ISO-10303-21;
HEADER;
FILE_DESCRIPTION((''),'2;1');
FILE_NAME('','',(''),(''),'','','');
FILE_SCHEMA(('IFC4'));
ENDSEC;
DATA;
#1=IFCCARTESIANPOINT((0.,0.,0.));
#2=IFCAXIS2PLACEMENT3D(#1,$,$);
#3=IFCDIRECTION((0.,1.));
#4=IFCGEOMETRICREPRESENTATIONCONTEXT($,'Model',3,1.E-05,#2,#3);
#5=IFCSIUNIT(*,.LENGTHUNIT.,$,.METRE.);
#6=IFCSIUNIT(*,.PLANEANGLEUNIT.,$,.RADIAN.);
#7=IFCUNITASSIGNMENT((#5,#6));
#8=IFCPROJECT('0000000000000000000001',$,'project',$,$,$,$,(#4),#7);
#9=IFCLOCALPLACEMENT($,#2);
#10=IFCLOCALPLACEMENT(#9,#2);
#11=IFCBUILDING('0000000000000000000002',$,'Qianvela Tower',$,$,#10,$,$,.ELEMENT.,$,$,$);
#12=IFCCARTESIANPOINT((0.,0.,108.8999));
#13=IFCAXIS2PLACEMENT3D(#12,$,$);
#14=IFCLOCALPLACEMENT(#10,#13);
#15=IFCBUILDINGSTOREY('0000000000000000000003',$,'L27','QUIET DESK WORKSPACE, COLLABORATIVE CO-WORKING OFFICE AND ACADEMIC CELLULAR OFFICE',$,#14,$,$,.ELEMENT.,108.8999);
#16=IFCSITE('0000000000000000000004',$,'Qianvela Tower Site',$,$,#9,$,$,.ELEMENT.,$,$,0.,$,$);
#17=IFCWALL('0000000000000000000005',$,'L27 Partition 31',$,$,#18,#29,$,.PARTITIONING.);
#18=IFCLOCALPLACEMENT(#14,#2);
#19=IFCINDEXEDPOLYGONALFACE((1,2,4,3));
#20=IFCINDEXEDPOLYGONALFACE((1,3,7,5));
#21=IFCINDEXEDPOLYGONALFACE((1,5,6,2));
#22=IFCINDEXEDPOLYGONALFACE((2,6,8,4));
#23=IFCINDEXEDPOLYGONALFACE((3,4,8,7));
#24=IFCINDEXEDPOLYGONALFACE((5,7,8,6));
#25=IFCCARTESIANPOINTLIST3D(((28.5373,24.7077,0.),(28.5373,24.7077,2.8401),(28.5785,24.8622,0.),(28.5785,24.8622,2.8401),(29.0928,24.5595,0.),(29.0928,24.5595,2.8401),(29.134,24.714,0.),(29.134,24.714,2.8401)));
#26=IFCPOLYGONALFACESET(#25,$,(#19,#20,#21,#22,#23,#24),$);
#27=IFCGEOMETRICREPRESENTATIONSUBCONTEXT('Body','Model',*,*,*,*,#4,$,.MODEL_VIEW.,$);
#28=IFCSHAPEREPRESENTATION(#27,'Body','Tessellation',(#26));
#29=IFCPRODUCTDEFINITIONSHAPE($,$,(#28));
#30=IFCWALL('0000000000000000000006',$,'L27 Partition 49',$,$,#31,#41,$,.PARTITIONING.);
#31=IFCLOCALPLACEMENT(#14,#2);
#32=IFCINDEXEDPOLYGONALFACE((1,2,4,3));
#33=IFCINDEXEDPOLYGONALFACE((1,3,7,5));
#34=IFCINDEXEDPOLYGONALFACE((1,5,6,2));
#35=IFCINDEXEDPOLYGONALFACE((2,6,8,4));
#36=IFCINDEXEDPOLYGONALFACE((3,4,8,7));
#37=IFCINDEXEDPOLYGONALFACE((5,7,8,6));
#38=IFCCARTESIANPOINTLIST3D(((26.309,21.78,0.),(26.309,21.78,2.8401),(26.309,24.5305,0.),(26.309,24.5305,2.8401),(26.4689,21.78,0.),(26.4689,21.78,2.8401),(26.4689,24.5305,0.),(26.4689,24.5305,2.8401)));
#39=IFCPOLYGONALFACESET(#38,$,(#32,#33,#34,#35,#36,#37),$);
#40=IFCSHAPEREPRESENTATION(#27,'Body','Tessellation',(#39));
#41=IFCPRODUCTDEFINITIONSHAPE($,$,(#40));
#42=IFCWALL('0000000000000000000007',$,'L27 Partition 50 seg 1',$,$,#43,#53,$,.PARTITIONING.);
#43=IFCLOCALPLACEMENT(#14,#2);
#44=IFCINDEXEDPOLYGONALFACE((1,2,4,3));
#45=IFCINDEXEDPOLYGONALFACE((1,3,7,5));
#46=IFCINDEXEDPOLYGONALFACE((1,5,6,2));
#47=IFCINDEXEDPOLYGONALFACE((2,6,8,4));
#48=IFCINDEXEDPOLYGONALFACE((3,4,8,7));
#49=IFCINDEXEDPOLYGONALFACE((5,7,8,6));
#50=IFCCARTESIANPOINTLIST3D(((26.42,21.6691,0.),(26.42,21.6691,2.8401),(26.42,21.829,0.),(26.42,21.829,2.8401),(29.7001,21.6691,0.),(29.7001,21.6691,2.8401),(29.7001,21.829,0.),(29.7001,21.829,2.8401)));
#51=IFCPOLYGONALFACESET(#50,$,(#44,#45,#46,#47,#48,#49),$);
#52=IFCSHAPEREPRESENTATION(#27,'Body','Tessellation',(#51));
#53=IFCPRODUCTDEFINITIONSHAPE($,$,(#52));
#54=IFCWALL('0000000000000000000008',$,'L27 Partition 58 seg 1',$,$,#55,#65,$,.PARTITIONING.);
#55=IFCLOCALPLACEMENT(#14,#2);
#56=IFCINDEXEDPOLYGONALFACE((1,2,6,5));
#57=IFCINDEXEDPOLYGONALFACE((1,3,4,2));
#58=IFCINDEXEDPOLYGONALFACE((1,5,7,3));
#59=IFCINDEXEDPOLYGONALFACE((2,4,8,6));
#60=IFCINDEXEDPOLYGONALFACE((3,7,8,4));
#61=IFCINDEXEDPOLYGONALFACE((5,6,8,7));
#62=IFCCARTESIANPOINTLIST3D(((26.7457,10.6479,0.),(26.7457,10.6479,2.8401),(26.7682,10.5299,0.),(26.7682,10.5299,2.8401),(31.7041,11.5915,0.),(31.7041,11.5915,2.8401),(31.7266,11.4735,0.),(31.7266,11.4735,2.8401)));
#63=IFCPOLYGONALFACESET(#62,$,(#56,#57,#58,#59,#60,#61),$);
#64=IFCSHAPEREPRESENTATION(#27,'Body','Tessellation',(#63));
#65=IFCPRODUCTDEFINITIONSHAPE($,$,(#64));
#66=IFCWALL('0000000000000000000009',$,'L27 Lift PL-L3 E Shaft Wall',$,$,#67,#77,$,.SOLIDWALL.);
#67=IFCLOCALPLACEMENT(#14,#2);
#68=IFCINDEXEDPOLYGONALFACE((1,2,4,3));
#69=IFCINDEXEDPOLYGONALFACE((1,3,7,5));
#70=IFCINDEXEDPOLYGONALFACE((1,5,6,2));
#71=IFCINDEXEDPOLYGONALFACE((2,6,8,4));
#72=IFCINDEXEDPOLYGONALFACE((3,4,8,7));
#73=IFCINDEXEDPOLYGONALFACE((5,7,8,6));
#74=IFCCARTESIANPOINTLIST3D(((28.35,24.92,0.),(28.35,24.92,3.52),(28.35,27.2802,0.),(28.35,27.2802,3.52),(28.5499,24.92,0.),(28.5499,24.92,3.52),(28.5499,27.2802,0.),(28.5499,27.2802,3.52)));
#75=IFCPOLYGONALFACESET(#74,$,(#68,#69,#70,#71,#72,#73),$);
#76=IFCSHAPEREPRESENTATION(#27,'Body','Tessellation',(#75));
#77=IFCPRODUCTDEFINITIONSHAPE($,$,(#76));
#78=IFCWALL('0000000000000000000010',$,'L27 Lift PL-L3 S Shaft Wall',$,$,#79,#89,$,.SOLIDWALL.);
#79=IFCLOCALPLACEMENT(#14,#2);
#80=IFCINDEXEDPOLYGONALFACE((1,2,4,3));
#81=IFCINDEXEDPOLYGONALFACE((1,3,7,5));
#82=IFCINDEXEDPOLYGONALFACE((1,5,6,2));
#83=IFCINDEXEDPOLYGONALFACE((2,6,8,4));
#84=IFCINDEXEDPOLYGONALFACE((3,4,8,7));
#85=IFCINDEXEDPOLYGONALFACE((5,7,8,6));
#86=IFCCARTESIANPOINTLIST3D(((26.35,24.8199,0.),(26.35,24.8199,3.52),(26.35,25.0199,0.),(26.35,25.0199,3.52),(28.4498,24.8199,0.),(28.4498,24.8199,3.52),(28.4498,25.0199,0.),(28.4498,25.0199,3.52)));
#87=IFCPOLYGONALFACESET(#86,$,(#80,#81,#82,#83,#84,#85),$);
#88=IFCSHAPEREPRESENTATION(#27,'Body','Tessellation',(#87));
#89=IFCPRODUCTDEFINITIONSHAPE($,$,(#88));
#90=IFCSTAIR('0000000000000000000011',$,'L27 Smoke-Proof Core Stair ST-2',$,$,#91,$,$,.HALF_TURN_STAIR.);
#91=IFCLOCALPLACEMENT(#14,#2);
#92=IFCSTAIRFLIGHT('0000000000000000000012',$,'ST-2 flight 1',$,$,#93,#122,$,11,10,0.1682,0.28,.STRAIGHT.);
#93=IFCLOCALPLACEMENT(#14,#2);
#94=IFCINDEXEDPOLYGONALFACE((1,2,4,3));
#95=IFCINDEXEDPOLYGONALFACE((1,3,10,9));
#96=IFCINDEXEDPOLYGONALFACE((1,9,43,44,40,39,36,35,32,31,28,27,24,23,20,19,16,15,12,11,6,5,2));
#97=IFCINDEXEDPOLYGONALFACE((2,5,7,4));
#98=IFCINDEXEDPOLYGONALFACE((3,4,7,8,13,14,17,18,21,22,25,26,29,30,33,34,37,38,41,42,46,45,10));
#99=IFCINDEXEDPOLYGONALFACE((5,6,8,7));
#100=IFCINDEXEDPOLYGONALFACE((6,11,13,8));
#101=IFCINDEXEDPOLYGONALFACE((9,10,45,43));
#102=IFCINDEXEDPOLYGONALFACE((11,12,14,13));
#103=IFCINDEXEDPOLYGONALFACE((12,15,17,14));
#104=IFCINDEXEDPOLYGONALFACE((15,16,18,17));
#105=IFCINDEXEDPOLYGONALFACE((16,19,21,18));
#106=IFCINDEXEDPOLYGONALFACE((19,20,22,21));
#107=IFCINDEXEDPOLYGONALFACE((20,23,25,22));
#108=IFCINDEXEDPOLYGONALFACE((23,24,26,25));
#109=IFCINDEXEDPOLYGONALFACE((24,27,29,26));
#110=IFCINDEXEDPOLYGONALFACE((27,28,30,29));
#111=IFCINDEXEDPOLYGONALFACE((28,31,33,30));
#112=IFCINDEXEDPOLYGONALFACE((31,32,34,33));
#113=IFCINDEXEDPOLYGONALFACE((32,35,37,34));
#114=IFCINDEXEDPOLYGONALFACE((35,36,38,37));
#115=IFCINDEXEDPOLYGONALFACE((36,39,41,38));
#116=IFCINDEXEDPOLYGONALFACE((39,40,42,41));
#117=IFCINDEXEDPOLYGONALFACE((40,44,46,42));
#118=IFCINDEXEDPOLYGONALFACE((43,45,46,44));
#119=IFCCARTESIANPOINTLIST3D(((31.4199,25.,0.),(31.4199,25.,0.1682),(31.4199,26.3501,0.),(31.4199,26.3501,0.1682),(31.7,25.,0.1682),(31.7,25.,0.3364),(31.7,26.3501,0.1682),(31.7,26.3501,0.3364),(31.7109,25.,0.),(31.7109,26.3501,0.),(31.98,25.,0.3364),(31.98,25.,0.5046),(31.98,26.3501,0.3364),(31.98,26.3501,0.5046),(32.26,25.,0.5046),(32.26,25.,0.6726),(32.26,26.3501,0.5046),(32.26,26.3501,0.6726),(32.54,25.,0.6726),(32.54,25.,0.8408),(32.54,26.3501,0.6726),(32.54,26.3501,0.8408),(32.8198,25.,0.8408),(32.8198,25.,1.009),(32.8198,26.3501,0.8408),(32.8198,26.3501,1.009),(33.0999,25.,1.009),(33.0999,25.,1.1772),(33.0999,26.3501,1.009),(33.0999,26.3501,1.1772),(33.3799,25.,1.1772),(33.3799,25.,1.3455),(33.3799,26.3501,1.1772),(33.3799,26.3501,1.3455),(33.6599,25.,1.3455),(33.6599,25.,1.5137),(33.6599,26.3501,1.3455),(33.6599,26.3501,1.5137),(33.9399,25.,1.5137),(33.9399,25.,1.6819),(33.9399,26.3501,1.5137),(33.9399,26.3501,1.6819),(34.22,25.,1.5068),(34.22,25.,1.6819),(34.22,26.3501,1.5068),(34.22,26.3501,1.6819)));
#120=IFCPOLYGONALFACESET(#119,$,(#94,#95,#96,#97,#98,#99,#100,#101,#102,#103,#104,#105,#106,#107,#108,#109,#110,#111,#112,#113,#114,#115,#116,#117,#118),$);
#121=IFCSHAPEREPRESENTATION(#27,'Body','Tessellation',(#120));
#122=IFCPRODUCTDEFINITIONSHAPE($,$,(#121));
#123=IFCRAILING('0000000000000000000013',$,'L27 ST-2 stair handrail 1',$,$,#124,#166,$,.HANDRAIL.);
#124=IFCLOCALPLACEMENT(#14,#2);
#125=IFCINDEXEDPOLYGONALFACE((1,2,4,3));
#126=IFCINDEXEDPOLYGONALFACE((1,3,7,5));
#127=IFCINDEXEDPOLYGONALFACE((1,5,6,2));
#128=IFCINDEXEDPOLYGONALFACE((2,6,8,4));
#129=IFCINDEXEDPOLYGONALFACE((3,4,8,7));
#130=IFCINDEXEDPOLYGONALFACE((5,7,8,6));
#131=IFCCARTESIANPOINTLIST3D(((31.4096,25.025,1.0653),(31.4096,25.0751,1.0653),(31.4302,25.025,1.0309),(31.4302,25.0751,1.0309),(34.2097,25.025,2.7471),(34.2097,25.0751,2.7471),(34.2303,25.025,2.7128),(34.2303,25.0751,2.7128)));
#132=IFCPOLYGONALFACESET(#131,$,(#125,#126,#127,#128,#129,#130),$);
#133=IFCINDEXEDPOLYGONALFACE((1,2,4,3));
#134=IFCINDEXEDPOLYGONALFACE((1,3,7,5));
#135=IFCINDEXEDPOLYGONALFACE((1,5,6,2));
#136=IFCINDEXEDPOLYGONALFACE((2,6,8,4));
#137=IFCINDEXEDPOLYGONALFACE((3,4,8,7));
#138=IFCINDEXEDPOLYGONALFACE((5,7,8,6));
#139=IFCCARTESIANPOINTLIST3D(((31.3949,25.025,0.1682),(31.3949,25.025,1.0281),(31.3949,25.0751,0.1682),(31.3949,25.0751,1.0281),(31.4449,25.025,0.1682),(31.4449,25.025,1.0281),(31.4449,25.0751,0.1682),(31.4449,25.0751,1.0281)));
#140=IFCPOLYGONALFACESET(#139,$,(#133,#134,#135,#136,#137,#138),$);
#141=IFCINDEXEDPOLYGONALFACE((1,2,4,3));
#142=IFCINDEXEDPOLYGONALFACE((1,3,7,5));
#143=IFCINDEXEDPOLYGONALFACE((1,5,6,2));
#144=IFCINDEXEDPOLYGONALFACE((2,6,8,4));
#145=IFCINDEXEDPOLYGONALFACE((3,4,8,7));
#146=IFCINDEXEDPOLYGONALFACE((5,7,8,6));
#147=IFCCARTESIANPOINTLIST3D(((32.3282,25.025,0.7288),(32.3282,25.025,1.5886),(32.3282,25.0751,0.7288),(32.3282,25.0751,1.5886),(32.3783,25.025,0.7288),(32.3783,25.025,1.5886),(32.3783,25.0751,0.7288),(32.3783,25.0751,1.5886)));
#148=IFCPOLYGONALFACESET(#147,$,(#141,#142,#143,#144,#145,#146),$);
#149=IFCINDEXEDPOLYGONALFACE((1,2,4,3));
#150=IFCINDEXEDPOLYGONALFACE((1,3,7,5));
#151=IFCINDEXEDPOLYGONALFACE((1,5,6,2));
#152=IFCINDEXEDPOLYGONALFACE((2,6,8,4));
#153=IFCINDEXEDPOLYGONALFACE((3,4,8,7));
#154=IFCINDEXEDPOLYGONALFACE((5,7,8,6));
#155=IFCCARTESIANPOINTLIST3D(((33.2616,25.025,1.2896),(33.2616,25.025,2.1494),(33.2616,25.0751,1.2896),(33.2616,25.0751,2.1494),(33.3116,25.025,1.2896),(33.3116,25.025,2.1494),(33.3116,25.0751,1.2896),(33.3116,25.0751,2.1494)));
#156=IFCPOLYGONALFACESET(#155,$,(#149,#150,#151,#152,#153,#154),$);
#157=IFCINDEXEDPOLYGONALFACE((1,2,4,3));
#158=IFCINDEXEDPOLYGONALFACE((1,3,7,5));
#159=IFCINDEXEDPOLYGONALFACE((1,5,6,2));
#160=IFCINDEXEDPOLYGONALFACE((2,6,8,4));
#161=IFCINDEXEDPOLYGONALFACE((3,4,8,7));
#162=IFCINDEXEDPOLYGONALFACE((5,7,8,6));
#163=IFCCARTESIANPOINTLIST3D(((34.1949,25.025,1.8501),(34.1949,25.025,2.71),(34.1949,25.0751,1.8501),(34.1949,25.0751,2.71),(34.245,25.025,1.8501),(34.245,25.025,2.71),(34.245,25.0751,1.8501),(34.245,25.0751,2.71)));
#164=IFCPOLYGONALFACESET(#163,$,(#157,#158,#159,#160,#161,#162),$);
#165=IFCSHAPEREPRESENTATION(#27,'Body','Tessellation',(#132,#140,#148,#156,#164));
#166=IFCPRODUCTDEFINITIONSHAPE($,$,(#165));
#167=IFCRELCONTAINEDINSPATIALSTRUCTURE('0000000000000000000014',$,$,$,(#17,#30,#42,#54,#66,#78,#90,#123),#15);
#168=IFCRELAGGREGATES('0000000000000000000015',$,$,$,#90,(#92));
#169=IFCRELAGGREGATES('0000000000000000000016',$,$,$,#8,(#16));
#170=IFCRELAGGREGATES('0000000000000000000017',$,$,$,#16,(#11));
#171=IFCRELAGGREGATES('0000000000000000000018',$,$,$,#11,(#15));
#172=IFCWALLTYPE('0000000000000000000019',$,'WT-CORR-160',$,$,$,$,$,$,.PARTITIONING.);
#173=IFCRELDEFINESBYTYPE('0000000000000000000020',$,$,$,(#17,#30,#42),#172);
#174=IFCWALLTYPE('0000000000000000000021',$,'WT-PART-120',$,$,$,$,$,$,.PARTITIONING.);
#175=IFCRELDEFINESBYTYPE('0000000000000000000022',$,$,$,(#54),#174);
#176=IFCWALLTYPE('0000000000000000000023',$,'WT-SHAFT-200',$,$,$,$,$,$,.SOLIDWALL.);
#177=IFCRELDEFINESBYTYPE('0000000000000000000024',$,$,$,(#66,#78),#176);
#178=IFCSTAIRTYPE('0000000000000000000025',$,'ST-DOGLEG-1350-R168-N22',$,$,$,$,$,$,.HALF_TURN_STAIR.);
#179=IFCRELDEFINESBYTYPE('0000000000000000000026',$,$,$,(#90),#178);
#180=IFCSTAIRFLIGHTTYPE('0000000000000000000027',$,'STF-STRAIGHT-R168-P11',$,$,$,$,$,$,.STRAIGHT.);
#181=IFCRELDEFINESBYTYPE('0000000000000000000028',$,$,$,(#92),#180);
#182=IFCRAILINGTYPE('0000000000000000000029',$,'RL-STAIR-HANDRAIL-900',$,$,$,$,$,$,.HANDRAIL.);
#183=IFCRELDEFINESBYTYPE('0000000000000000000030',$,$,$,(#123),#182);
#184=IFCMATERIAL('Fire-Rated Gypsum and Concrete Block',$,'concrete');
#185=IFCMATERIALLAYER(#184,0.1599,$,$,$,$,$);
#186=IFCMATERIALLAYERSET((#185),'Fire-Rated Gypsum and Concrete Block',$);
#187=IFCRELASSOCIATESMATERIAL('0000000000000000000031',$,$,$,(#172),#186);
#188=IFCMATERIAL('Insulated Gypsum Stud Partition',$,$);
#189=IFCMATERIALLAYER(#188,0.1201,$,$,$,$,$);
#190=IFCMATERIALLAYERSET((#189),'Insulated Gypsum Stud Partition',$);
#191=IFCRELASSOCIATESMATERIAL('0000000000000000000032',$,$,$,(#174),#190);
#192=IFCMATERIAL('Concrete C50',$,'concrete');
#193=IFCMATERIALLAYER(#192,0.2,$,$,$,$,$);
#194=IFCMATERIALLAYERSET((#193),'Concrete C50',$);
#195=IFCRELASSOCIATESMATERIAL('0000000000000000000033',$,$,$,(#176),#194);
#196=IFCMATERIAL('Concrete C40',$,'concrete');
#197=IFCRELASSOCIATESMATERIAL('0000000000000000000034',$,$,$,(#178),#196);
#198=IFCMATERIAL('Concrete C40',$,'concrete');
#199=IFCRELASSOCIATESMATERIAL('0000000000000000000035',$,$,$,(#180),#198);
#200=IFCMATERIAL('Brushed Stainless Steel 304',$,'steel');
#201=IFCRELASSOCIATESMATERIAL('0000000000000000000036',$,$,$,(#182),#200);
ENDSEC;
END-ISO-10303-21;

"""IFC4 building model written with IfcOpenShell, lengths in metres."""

from ifc_helpers import new_model, si_unit, direction, frame, frame_2d, origin, origin_2d, place, context, subcontext, project, spatial, polyline, rectangle, outline, extrude, material, layer, layer_set, type_object, element, aggregate, save


model = new_model("IFC4")

# Units and contexts
model_context = context("Model", 3, precision=1e-05, world=origin(), true_north=direction((0.0, 1.0)))
body_context = subcontext(model_context, "Body", "Model", "MODEL_VIEW")
ifc_project = project(units=[si_unit("LENGTHUNIT", "METRE"), si_unit("PLANEANGLEUNIT", "RADIAN")], contexts=[model_context])

# Site, building, storey
site_placement = place(None, origin())
site = spatial("IfcSite", under=ifc_project, at=site_placement, Name="Qianvela Tower Site", CompositionType="ELEMENT", RefElevation=0.0)
building_placement = place(site_placement, origin())
building = spatial("IfcBuilding", under=site, at=building_placement, Name="Qianvela Tower", CompositionType="ELEMENT")
storey_placement = place(building_placement, frame((0.0, 0.0, 108.8999)))
storey = spatial("IfcBuildingStorey", under=building, at=storey_placement, Name="L27", Description="QUIET DESK WORKSPACE, COLLABORATIVE CO-WORKING OFFICE AND ACADEMIC CELLULAR OFFICE", CompositionType="ELEMENT", Elevation=108.8999)

# Walls
ifc_material_1 = material(Name="Fire-Rated Gypsum and Concrete Block", Category="concrete")
ifc_layer_1 = layer(ifc_material_1, 0.1599)
ifc_layer_set_1 = layer_set([ifc_layer_1], Name="Fire-Rated Gypsum and Concrete Block")
wall_type_1 = type_object("IfcWallType", Name="WT-CORR-160", PredefinedType="PARTITIONING", material=ifc_layer_set_1)
wall_1_placement = place(storey_placement, frame((29.1135, 24.6367, 0.0), z_axis=(0.0, 0.0, 1.0), x_axis=(-0.9662, 0.257795, 0.0)))
element("IfcWall", 1, at=wall_1_placement, inside=storey, type_object=wall_type_1, Name="L27 Partition 31", PredefinedType="PARTITIONING", context=body_context, shape_type="SweptSolid", body=[
    extrude(rectangle(XDim=0.575, YDim=0.1599, at=frame_2d((0.2876, 0.0))), origin(), (0.0, 0.0, 1.0), 2.8401),
])
wall_2_placement = place(storey_placement, frame((26.3889, 24.5305, 0.0), z_axis=(0.0, 0.0, 1.0), x_axis=(0.0, -1.0, 0.0)))
element("IfcWall", 2, at=wall_2_placement, inside=storey, type_object=wall_type_1, Name="L27 Partition 49", PredefinedType="PARTITIONING", context=body_context, shape_type="SweptSolid", body=[
    extrude(rectangle(XDim=2.7505, YDim=0.1599, at=frame_2d((1.3752, 0.0))), origin(), (0.0, 0.0, 1.0), 2.8401),
])
wall_3_placement = place(storey_placement, frame((26.4199, 21.749, 0.0), z_axis=(0.0, 0.0, 1.0), x_axis=(1.0, 0.0, 0.0)))
element("IfcWall", 3, at=wall_3_placement, inside=storey, type_object=wall_type_1, Name="L27 Partition 50 seg 1", PredefinedType="PARTITIONING", context=body_context, shape_type="SweptSolid", body=[
    extrude(rectangle(XDim=3.28, YDim=0.1599, at=frame_2d((1.6401, 0.0))), origin(), (0.0, 0.0, 1.0), 2.8401),
])
ifc_material_2 = material(Name="Insulated Gypsum Stud Partition")
ifc_layer_2 = layer(ifc_material_2, 0.1201)
ifc_layer_set_2 = layer_set([ifc_layer_2], Name="Insulated Gypsum Stud Partition")
wall_type_2 = type_object("IfcWallType", Name="WT-PART-120", PredefinedType="PARTITIONING", material=ifc_layer_set_2)
wall_4_placement = place(storey_placement, frame((31.7153, 11.5325, 0.0), z_axis=(0.0, 0.0, 1.0), x_axis=(-0.98237, -0.186945, 0.0)))
element("IfcWall", 4, at=wall_4_placement, inside=storey, type_object=wall_type_2, Name="L27 Partition 58 seg 1", PredefinedType="PARTITIONING", context=body_context, shape_type="SweptSolid", body=[
    extrude(rectangle(XDim=5.0474, YDim=0.1201, at=frame_2d((2.5237, 0.0))), origin(), (0.0, 0.0, 1.0), 2.8401),
])
ifc_material_3 = material(Name="Concrete C50", Category="concrete")
ifc_layer_3 = layer(ifc_material_3, 0.2)
ifc_layer_set_3 = layer_set([ifc_layer_3], Name="Concrete C50")
wall_type_3 = type_object("IfcWallType", Name="WT-SHAFT-200", PredefinedType="SOLIDWALL", material=ifc_layer_set_3)
wall_5_placement = place(storey_placement, frame((28.45, 24.9199, 0.0), z_axis=(0.0, 0.0, 1.0), x_axis=(0.0, 1.0, 0.0)))
element("IfcWall", 5, at=wall_5_placement, inside=storey, type_object=wall_type_3, Name="L27 Lift PL-L3 E Shaft Wall", PredefinedType="SOLIDWALL", context=body_context, shape_type="SweptSolid", body=[
    extrude(rectangle(XDim=2.3601, YDim=0.2, at=frame_2d((1.1802, 0.0))), origin(), (0.0, 0.0, 1.0), 3.52),
])

# Wall
wall_6_placement = place(storey_placement, frame((26.3501, 24.9199, 0.0), z_axis=(0.0, 0.0, 1.0), x_axis=(1.0, 0.0, 0.0)))
element("IfcWall", 6, at=wall_6_placement, inside=storey, type_object=wall_type_3, Name="L27 Lift PL-L3 S Shaft Wall", PredefinedType="SOLIDWALL", context=body_context, shape_type="SweptSolid", body=[
    extrude(rectangle(XDim=2.0999, YDim=0.2, at=frame_2d((1.0498, 0.0))), origin(), (0.0, 0.0, 1.0), 3.52),
])

# Stair, stair flight
ifc_material_4 = material(Name="Concrete C40", Category="concrete")
stair_type = type_object("IfcStairType", Name="ST-DOGLEG-1350-R168-N22", PredefinedType="HALF_TURN_STAIR", material=ifc_material_4)
stair_placement = place(storey_placement, origin())
stair = element("IfcStair", 7, at=stair_placement, inside=storey, type_object=stair_type, Name="L27 Smoke-Proof Core Stair ST-2", PredefinedType="HALF_TURN_STAIR")
ifc_material_5 = material(Name="Concrete C40", Category="concrete")
stair_flight_type = type_object("IfcStairFlightType", Name="STF-STRAIGHT-R168-P11", PredefinedType="STRAIGHT", material=ifc_material_5)
stair_flight_placement = place(storey_placement, frame((31.4199, 25.675, 0.0), z_axis=(0.0, 0.0, 1.0), x_axis=(1.0, 0.0, 0.0)))
stair_flight = element("IfcStairFlight", 8, at=stair_flight_placement, type_object=stair_flight_type, Name="ST-2 flight 1", NumberOfRisers=11, NumberOfTreads=10, PredefinedType="STRAIGHT", RiserHeight=0.1682, TreadLength=0.28, context=body_context, shape_type="SweptSolid", body=[
    extrude(outline(polyline([(0.0, 0.0), (0.0, 0.1682), (0.28, 0.1682), (0.28, 0.3364), (0.5601, 0.3364), (0.5601, 0.5046), (0.8401, 0.5046), (0.8401, 0.6726), (1.1201, 0.6726), (1.1201, 0.8408), (1.3999, 0.8408), (1.3999, 1.009), (1.6799, 1.009), (1.6799, 1.1772), (1.96, 1.1772), (1.96, 1.3455), (2.24, 1.3455), (2.24, 1.5137), (2.52, 1.5137), (2.52, 1.6819), (2.8, 1.6819), (2.8, 1.8501), (2.8, 1.5068), (0.291, 0.0), (0.0, 0.0)])), frame((0.0, 0.675, 0.0), z_axis=(0.0, -1.0, 0.0), x_axis=(1.0, 0.0, 0.0)), (0.0, 0.0, 1.0), 1.3501),
])
aggregate(stair, [stair_flight])

# Railing
ifc_material_6 = material(Name="Brushed Stainless Steel 304", Category="steel")
railing_type = type_object("IfcRailingType", Name="RL-STAIR-HANDRAIL-900", PredefinedType="HANDRAIL", material=ifc_material_6)
railing_placement = place(storey_placement, frame((31.4199, 25.05, 0.1682)))
element("IfcRailing", 9, at=railing_placement, inside=storey, type_object=railing_type, Name="L27 ST-2 stair handrail 1", PredefinedType="HANDRAIL", context=body_context, shape_type="SweptSolid", body=[
    extrude(rectangle(XDim=0.05, YDim=0.04, at=origin_2d()), frame((0.0, 0.0, 0.8799), z_axis=(0.857242, 0.0, 0.514913), x_axis=(0.0, 1.0, 0.0)), (0.0, 0.0, 1.0), 3.2664),
    extrude(rectangle(XDim=0.05, YDim=0.05, at=origin_2d()), origin(), (0.0, 0.0, 1.0), 0.8599),
    extrude(rectangle(XDim=0.05, YDim=0.05, at=origin_2d()), frame((0.9333, 0.0, 0.5605)), (0.0, 0.0, 1.0), 0.8599),
    extrude(rectangle(XDim=0.05, YDim=0.05, at=origin_2d()), frame((1.8667, 0.0, 1.1213)), (0.0, 0.0, 1.0), 0.8599),
    extrude(rectangle(XDim=0.05, YDim=0.05, at=origin_2d()), frame((2.8, 0.0, 1.6819)), (0.0, 0.0, 1.0), 0.8599),
])

save(model, "model.ifc")
